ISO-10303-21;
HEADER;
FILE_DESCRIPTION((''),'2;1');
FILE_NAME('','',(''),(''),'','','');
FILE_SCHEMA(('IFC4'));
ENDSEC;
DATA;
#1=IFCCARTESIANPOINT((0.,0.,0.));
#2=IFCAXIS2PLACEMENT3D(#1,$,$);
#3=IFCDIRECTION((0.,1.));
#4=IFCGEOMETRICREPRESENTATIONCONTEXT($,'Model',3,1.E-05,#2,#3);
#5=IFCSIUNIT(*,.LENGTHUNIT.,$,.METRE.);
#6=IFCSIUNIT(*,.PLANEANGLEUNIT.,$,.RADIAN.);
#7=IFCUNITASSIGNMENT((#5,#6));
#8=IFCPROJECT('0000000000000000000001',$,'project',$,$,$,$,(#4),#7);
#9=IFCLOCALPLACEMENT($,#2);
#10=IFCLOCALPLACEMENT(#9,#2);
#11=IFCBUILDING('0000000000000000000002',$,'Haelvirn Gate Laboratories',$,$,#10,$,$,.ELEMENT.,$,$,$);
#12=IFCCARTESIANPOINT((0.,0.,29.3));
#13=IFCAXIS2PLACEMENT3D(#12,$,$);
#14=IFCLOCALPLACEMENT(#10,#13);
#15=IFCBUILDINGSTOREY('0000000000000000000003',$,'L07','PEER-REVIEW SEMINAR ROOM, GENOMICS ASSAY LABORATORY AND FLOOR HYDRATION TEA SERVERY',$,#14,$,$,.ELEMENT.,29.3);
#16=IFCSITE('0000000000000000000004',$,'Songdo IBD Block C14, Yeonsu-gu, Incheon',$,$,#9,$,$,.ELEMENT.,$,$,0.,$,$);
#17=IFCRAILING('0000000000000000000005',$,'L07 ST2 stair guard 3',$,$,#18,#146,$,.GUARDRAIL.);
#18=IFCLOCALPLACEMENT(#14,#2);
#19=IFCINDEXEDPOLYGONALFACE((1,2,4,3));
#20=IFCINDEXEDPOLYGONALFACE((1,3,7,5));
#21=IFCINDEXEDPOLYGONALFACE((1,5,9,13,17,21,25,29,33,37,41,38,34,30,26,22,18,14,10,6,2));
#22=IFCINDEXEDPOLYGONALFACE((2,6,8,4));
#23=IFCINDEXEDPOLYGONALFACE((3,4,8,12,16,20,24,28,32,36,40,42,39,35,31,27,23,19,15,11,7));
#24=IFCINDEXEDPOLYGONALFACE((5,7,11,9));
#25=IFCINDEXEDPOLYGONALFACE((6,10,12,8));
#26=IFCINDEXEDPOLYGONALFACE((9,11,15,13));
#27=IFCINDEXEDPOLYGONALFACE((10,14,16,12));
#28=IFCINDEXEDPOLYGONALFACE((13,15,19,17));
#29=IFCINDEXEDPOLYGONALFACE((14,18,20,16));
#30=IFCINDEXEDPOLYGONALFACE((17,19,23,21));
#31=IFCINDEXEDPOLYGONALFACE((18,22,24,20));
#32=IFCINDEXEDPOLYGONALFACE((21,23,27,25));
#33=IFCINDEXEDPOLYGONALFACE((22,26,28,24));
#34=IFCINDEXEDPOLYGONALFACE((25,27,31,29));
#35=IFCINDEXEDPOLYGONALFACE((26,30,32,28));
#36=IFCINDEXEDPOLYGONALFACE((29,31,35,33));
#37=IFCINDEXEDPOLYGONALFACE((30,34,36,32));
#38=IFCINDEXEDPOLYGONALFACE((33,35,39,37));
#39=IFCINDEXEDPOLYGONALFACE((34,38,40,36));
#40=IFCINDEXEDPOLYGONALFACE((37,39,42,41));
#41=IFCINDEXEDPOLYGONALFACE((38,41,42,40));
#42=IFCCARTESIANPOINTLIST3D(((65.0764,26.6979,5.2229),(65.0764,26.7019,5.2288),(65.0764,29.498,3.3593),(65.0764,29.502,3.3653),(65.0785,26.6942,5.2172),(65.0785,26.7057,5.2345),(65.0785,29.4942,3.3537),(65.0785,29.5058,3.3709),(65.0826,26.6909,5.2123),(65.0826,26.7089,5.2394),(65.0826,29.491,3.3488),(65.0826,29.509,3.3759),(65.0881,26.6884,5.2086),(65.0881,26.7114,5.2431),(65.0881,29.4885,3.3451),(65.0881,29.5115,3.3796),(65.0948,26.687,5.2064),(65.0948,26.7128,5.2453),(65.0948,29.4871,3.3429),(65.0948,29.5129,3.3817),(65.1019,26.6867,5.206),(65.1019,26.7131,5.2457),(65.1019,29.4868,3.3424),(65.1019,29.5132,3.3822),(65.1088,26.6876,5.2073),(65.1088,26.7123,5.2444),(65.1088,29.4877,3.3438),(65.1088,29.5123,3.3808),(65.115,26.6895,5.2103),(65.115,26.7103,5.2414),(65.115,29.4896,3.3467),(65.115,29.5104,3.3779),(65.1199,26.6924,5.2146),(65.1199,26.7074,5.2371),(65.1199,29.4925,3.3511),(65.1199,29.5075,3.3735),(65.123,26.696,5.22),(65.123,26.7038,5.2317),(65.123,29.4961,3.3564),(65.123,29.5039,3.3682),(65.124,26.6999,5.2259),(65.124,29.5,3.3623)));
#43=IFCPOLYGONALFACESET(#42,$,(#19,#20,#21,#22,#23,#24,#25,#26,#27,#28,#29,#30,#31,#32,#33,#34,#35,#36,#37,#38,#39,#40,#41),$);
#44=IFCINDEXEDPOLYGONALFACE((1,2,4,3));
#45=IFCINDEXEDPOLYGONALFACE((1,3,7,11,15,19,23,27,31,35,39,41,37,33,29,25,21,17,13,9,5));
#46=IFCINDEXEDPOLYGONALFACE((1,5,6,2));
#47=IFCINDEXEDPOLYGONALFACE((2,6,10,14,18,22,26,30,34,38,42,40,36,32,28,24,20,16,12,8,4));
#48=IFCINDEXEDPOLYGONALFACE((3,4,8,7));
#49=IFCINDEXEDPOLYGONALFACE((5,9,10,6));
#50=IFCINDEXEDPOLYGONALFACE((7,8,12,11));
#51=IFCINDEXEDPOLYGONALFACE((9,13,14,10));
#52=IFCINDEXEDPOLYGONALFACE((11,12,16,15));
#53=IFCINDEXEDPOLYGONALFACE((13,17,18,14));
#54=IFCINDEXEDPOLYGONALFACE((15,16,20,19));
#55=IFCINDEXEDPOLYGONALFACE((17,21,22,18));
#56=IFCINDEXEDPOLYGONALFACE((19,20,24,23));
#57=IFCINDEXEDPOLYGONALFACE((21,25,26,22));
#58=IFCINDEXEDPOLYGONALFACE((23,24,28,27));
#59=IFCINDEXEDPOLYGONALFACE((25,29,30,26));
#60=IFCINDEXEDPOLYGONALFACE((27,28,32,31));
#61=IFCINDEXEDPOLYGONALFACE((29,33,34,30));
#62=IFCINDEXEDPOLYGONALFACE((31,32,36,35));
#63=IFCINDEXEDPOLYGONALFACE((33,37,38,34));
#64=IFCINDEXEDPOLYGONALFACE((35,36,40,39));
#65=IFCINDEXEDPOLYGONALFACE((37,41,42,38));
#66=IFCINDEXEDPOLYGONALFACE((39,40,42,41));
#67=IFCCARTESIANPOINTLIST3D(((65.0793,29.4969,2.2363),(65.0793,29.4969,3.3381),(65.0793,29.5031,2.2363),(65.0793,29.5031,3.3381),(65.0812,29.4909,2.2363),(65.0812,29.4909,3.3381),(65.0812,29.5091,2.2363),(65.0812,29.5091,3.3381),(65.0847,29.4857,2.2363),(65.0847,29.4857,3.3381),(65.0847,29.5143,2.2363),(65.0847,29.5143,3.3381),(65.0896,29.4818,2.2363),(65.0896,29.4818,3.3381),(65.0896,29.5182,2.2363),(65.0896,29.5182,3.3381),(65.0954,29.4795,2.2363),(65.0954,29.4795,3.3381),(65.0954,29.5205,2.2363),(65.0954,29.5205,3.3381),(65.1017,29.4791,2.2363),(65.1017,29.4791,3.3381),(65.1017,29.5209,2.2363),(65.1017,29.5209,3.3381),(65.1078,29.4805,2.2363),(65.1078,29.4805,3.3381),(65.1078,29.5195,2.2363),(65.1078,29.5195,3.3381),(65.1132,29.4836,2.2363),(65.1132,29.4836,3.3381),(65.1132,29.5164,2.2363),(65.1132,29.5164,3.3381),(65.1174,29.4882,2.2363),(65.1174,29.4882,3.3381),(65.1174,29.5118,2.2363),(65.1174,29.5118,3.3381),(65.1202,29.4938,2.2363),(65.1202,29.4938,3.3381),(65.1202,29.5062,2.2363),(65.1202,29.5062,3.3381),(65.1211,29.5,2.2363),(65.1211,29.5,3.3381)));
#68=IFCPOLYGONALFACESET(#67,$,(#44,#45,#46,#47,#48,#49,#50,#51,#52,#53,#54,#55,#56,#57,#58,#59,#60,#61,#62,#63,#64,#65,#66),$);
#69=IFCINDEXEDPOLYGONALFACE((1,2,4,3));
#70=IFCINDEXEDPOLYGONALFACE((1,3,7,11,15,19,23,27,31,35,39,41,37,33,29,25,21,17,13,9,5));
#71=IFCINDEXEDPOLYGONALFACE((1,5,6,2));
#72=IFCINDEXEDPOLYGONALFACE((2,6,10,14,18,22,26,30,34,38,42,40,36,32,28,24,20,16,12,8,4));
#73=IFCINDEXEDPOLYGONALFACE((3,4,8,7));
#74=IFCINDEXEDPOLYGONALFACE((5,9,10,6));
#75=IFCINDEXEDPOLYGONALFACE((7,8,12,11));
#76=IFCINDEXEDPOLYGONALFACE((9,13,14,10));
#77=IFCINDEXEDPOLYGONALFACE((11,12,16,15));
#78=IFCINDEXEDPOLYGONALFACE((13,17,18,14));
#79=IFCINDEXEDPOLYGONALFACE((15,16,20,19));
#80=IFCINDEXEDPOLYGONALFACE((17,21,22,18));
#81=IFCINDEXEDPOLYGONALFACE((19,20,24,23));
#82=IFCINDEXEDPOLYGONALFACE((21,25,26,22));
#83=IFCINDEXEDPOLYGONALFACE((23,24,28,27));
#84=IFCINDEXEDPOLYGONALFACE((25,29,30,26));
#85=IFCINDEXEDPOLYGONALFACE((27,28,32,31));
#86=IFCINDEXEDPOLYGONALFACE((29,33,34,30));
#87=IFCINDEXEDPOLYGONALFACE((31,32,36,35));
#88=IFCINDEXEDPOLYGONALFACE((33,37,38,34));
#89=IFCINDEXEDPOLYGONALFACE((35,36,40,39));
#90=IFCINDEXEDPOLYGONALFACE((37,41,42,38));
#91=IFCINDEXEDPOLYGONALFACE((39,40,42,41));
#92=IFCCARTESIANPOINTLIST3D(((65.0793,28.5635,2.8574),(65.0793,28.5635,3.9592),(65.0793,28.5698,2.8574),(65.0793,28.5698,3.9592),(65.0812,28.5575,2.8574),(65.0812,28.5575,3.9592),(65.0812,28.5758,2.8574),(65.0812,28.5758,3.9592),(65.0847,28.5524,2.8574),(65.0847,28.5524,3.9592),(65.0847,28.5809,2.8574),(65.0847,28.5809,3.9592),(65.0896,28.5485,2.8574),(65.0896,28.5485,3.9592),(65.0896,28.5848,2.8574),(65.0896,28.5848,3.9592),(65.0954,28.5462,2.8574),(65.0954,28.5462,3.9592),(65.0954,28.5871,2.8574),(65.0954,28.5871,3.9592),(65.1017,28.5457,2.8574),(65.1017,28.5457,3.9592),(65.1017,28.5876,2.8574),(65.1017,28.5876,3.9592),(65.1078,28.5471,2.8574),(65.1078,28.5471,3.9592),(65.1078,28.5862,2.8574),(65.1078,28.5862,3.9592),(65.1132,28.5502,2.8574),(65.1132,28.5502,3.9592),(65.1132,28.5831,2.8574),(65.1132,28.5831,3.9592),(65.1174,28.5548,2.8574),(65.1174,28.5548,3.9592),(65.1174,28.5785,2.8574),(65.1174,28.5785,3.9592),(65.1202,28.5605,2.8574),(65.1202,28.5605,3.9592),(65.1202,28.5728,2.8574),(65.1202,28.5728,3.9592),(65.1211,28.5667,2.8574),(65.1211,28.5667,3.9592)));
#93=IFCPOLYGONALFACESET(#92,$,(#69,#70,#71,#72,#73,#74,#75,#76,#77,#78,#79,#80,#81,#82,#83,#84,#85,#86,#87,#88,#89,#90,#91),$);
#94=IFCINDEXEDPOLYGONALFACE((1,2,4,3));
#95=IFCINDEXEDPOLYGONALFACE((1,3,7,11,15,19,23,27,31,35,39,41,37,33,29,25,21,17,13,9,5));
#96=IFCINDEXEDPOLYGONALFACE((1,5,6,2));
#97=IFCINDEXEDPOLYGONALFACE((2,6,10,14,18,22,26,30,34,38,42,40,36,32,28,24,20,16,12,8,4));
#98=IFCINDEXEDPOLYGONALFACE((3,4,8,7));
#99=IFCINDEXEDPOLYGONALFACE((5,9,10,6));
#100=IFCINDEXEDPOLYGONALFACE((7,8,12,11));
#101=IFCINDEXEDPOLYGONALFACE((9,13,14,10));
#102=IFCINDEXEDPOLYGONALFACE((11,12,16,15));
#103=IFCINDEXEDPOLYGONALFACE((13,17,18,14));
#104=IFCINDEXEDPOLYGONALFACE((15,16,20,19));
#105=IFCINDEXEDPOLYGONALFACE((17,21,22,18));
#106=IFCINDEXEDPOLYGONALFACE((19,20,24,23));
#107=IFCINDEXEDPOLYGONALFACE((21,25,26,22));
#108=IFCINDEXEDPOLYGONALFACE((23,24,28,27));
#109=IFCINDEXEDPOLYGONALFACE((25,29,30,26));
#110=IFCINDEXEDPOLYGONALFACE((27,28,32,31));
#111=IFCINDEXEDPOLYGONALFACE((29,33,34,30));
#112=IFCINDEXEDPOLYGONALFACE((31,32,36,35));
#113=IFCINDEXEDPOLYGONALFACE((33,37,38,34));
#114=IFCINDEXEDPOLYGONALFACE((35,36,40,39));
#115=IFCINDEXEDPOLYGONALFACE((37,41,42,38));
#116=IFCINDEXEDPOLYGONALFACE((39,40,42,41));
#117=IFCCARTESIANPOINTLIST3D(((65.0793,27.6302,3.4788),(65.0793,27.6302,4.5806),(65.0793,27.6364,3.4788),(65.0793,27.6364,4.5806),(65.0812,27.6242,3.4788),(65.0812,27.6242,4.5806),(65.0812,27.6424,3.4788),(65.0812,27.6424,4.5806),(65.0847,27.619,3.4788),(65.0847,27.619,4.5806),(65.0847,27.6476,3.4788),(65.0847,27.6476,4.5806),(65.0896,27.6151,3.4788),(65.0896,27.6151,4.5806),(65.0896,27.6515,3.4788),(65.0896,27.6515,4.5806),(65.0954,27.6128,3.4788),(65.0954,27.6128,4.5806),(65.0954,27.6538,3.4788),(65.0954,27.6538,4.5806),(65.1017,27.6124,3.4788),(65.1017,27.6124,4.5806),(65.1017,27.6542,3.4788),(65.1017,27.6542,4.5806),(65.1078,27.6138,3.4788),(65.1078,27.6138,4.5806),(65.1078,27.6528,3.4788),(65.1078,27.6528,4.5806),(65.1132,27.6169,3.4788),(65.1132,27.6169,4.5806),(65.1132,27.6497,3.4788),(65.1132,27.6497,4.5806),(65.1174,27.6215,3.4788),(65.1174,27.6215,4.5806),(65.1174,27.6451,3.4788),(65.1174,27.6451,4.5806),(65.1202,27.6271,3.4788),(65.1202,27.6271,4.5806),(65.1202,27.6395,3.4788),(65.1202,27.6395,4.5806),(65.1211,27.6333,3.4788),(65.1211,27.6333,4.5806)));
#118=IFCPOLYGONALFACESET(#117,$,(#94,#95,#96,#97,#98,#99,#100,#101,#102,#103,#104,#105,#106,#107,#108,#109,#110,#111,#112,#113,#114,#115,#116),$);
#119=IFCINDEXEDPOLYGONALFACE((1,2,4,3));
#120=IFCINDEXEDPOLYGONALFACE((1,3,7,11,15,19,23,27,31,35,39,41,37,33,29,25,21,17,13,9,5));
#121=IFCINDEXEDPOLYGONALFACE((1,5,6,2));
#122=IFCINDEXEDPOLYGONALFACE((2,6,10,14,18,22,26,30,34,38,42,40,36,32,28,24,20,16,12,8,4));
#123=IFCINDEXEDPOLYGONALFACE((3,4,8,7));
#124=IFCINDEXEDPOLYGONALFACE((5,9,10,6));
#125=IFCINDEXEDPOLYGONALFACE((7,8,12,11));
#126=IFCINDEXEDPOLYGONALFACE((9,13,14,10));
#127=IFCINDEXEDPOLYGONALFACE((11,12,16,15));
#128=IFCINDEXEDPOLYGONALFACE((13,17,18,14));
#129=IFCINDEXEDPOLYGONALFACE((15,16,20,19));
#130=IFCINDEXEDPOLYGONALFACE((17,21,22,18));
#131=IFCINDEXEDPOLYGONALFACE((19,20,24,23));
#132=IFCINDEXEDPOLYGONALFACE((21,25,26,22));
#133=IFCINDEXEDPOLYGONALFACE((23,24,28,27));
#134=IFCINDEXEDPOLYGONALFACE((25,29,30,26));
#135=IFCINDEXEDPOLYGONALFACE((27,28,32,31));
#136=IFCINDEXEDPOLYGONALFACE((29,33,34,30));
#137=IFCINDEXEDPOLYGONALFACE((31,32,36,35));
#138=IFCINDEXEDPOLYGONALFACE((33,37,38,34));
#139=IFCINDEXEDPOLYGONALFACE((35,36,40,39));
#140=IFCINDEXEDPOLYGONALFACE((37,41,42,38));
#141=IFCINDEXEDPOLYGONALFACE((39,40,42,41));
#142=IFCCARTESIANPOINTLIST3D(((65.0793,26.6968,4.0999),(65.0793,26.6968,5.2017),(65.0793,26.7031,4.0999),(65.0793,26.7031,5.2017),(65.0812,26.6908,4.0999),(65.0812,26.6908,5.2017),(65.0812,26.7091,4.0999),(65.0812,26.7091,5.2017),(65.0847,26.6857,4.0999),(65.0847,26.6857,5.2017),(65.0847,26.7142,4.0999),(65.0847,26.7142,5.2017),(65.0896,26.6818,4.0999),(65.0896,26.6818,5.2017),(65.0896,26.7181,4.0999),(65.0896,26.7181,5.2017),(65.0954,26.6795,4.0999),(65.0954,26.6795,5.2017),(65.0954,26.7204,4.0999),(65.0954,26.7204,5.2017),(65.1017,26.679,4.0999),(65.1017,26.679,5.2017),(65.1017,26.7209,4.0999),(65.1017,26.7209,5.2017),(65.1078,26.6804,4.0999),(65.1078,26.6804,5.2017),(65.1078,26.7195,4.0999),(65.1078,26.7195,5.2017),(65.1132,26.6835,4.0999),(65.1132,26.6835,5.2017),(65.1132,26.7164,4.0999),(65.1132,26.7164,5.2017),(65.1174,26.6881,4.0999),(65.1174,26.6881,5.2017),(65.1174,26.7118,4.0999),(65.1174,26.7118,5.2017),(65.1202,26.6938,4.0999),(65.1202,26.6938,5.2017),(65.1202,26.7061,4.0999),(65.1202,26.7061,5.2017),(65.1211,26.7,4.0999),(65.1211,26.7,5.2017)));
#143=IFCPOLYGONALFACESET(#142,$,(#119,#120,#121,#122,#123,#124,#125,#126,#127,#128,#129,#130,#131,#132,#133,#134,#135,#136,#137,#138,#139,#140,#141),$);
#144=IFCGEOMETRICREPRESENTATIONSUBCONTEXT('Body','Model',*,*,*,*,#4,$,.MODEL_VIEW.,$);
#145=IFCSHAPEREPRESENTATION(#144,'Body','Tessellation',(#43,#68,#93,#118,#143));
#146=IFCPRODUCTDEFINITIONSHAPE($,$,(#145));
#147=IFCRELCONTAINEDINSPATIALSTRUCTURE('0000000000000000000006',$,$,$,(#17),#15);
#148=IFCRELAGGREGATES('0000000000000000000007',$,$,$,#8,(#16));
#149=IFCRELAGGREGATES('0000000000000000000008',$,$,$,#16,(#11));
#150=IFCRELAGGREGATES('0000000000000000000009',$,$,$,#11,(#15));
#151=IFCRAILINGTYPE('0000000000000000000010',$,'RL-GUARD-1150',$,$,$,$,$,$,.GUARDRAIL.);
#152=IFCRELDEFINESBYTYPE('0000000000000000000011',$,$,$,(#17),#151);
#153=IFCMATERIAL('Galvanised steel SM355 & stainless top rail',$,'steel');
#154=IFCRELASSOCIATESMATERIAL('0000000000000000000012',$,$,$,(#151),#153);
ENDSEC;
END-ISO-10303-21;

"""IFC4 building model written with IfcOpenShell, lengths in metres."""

from ifc_helpers import new_model, si_unit, direction, frame, origin, origin_2d, place, context, subcontext, project, spatial, circle, extrude, source, transform, mapped, material, type_object, element, save


model = new_model("IFC4")

# Units and contexts
model_context = context("Model", 3, precision=1e-05, world=origin(), true_north=direction((0.0, 1.0)))
body_context = subcontext(model_context, "Body", "Model", "MODEL_VIEW")
ifc_project = project(units=[si_unit("LENGTHUNIT", "METRE"), si_unit("PLANEANGLEUNIT", "RADIAN")], contexts=[model_context])

# Site, building, storey
site_placement = place(None, origin())
site = spatial("IfcSite", under=ifc_project, at=site_placement, Name="Songdo IBD Block C14, Yeonsu-gu, Incheon", CompositionType="ELEMENT", RefElevation=0.0)
building_placement = place(site_placement, origin())
building = spatial("IfcBuilding", under=site, at=building_placement, Name="Haelvirn Gate Laboratories", CompositionType="ELEMENT")
storey_placement = place(building_placement, frame((0.0, 0.0, 29.3)))
storey = spatial("IfcBuildingStorey", under=building, at=storey_placement, Name="L07", Description="PEER-REVIEW SEMINAR ROOM, GENOMICS ASSAY LABORATORY AND FLOOR HYDRATION TEA SERVERY", CompositionType="ELEMENT", Elevation=29.3)

# Railing
ifc_material_1 = material(Name="Galvanised steel SM355 & stainless top rail", Category="steel")
railing_type_1 = type_object("IfcRailingType", Name="RL-GUARD-1150", PredefinedType="GUARDRAIL", material=ifc_material_1)
shared_shape_1 = source(origin(), body_context, "Body", "SweptSolid", [
    extrude(circle(Radius=0.0239, at=origin_2d()), frame((0.0, 0.0, 1.126), z_axis=(0.0, -0.832486, 0.554047), x_axis=(1.0, 0.0, 0.0)), (0.0, 0.0, 1.0), 3.3635),
    extrude(circle(Radius=0.021, at=origin_2d()), origin(), (0.0, 0.0, 1.0), 1.1018),
    extrude(circle(Radius=0.021, at=origin_2d()), frame((0.0, -0.9333, 0.6211)), (0.0, 0.0, 1.0), 1.1018),
    extrude(circle(Radius=0.021, at=origin_2d()), frame((0.0, -1.8667, 1.2424)), (0.0, 0.0, 1.0), 1.1018),
    extrude(circle(Radius=0.021, at=origin_2d()), frame((0.0, -2.8, 1.8635)), (0.0, 0.0, 1.0), 1.1018),
])
railing_1_placement = place(storey_placement, frame((65.1001, 29.5, 2.2363)))
element("IfcRailing", 1, at=railing_1_placement, inside=storey, type_object=railing_type_1, Name="L07 ST2 stair guard 3", PredefinedType="GUARDRAIL", context=body_context, shape_type="MappedRepresentation", body=[
    mapped(shared_shape_1, transform((0.0, 0.0, 0.0), scale=1.0)),
])

save(model, "model.ifc")
